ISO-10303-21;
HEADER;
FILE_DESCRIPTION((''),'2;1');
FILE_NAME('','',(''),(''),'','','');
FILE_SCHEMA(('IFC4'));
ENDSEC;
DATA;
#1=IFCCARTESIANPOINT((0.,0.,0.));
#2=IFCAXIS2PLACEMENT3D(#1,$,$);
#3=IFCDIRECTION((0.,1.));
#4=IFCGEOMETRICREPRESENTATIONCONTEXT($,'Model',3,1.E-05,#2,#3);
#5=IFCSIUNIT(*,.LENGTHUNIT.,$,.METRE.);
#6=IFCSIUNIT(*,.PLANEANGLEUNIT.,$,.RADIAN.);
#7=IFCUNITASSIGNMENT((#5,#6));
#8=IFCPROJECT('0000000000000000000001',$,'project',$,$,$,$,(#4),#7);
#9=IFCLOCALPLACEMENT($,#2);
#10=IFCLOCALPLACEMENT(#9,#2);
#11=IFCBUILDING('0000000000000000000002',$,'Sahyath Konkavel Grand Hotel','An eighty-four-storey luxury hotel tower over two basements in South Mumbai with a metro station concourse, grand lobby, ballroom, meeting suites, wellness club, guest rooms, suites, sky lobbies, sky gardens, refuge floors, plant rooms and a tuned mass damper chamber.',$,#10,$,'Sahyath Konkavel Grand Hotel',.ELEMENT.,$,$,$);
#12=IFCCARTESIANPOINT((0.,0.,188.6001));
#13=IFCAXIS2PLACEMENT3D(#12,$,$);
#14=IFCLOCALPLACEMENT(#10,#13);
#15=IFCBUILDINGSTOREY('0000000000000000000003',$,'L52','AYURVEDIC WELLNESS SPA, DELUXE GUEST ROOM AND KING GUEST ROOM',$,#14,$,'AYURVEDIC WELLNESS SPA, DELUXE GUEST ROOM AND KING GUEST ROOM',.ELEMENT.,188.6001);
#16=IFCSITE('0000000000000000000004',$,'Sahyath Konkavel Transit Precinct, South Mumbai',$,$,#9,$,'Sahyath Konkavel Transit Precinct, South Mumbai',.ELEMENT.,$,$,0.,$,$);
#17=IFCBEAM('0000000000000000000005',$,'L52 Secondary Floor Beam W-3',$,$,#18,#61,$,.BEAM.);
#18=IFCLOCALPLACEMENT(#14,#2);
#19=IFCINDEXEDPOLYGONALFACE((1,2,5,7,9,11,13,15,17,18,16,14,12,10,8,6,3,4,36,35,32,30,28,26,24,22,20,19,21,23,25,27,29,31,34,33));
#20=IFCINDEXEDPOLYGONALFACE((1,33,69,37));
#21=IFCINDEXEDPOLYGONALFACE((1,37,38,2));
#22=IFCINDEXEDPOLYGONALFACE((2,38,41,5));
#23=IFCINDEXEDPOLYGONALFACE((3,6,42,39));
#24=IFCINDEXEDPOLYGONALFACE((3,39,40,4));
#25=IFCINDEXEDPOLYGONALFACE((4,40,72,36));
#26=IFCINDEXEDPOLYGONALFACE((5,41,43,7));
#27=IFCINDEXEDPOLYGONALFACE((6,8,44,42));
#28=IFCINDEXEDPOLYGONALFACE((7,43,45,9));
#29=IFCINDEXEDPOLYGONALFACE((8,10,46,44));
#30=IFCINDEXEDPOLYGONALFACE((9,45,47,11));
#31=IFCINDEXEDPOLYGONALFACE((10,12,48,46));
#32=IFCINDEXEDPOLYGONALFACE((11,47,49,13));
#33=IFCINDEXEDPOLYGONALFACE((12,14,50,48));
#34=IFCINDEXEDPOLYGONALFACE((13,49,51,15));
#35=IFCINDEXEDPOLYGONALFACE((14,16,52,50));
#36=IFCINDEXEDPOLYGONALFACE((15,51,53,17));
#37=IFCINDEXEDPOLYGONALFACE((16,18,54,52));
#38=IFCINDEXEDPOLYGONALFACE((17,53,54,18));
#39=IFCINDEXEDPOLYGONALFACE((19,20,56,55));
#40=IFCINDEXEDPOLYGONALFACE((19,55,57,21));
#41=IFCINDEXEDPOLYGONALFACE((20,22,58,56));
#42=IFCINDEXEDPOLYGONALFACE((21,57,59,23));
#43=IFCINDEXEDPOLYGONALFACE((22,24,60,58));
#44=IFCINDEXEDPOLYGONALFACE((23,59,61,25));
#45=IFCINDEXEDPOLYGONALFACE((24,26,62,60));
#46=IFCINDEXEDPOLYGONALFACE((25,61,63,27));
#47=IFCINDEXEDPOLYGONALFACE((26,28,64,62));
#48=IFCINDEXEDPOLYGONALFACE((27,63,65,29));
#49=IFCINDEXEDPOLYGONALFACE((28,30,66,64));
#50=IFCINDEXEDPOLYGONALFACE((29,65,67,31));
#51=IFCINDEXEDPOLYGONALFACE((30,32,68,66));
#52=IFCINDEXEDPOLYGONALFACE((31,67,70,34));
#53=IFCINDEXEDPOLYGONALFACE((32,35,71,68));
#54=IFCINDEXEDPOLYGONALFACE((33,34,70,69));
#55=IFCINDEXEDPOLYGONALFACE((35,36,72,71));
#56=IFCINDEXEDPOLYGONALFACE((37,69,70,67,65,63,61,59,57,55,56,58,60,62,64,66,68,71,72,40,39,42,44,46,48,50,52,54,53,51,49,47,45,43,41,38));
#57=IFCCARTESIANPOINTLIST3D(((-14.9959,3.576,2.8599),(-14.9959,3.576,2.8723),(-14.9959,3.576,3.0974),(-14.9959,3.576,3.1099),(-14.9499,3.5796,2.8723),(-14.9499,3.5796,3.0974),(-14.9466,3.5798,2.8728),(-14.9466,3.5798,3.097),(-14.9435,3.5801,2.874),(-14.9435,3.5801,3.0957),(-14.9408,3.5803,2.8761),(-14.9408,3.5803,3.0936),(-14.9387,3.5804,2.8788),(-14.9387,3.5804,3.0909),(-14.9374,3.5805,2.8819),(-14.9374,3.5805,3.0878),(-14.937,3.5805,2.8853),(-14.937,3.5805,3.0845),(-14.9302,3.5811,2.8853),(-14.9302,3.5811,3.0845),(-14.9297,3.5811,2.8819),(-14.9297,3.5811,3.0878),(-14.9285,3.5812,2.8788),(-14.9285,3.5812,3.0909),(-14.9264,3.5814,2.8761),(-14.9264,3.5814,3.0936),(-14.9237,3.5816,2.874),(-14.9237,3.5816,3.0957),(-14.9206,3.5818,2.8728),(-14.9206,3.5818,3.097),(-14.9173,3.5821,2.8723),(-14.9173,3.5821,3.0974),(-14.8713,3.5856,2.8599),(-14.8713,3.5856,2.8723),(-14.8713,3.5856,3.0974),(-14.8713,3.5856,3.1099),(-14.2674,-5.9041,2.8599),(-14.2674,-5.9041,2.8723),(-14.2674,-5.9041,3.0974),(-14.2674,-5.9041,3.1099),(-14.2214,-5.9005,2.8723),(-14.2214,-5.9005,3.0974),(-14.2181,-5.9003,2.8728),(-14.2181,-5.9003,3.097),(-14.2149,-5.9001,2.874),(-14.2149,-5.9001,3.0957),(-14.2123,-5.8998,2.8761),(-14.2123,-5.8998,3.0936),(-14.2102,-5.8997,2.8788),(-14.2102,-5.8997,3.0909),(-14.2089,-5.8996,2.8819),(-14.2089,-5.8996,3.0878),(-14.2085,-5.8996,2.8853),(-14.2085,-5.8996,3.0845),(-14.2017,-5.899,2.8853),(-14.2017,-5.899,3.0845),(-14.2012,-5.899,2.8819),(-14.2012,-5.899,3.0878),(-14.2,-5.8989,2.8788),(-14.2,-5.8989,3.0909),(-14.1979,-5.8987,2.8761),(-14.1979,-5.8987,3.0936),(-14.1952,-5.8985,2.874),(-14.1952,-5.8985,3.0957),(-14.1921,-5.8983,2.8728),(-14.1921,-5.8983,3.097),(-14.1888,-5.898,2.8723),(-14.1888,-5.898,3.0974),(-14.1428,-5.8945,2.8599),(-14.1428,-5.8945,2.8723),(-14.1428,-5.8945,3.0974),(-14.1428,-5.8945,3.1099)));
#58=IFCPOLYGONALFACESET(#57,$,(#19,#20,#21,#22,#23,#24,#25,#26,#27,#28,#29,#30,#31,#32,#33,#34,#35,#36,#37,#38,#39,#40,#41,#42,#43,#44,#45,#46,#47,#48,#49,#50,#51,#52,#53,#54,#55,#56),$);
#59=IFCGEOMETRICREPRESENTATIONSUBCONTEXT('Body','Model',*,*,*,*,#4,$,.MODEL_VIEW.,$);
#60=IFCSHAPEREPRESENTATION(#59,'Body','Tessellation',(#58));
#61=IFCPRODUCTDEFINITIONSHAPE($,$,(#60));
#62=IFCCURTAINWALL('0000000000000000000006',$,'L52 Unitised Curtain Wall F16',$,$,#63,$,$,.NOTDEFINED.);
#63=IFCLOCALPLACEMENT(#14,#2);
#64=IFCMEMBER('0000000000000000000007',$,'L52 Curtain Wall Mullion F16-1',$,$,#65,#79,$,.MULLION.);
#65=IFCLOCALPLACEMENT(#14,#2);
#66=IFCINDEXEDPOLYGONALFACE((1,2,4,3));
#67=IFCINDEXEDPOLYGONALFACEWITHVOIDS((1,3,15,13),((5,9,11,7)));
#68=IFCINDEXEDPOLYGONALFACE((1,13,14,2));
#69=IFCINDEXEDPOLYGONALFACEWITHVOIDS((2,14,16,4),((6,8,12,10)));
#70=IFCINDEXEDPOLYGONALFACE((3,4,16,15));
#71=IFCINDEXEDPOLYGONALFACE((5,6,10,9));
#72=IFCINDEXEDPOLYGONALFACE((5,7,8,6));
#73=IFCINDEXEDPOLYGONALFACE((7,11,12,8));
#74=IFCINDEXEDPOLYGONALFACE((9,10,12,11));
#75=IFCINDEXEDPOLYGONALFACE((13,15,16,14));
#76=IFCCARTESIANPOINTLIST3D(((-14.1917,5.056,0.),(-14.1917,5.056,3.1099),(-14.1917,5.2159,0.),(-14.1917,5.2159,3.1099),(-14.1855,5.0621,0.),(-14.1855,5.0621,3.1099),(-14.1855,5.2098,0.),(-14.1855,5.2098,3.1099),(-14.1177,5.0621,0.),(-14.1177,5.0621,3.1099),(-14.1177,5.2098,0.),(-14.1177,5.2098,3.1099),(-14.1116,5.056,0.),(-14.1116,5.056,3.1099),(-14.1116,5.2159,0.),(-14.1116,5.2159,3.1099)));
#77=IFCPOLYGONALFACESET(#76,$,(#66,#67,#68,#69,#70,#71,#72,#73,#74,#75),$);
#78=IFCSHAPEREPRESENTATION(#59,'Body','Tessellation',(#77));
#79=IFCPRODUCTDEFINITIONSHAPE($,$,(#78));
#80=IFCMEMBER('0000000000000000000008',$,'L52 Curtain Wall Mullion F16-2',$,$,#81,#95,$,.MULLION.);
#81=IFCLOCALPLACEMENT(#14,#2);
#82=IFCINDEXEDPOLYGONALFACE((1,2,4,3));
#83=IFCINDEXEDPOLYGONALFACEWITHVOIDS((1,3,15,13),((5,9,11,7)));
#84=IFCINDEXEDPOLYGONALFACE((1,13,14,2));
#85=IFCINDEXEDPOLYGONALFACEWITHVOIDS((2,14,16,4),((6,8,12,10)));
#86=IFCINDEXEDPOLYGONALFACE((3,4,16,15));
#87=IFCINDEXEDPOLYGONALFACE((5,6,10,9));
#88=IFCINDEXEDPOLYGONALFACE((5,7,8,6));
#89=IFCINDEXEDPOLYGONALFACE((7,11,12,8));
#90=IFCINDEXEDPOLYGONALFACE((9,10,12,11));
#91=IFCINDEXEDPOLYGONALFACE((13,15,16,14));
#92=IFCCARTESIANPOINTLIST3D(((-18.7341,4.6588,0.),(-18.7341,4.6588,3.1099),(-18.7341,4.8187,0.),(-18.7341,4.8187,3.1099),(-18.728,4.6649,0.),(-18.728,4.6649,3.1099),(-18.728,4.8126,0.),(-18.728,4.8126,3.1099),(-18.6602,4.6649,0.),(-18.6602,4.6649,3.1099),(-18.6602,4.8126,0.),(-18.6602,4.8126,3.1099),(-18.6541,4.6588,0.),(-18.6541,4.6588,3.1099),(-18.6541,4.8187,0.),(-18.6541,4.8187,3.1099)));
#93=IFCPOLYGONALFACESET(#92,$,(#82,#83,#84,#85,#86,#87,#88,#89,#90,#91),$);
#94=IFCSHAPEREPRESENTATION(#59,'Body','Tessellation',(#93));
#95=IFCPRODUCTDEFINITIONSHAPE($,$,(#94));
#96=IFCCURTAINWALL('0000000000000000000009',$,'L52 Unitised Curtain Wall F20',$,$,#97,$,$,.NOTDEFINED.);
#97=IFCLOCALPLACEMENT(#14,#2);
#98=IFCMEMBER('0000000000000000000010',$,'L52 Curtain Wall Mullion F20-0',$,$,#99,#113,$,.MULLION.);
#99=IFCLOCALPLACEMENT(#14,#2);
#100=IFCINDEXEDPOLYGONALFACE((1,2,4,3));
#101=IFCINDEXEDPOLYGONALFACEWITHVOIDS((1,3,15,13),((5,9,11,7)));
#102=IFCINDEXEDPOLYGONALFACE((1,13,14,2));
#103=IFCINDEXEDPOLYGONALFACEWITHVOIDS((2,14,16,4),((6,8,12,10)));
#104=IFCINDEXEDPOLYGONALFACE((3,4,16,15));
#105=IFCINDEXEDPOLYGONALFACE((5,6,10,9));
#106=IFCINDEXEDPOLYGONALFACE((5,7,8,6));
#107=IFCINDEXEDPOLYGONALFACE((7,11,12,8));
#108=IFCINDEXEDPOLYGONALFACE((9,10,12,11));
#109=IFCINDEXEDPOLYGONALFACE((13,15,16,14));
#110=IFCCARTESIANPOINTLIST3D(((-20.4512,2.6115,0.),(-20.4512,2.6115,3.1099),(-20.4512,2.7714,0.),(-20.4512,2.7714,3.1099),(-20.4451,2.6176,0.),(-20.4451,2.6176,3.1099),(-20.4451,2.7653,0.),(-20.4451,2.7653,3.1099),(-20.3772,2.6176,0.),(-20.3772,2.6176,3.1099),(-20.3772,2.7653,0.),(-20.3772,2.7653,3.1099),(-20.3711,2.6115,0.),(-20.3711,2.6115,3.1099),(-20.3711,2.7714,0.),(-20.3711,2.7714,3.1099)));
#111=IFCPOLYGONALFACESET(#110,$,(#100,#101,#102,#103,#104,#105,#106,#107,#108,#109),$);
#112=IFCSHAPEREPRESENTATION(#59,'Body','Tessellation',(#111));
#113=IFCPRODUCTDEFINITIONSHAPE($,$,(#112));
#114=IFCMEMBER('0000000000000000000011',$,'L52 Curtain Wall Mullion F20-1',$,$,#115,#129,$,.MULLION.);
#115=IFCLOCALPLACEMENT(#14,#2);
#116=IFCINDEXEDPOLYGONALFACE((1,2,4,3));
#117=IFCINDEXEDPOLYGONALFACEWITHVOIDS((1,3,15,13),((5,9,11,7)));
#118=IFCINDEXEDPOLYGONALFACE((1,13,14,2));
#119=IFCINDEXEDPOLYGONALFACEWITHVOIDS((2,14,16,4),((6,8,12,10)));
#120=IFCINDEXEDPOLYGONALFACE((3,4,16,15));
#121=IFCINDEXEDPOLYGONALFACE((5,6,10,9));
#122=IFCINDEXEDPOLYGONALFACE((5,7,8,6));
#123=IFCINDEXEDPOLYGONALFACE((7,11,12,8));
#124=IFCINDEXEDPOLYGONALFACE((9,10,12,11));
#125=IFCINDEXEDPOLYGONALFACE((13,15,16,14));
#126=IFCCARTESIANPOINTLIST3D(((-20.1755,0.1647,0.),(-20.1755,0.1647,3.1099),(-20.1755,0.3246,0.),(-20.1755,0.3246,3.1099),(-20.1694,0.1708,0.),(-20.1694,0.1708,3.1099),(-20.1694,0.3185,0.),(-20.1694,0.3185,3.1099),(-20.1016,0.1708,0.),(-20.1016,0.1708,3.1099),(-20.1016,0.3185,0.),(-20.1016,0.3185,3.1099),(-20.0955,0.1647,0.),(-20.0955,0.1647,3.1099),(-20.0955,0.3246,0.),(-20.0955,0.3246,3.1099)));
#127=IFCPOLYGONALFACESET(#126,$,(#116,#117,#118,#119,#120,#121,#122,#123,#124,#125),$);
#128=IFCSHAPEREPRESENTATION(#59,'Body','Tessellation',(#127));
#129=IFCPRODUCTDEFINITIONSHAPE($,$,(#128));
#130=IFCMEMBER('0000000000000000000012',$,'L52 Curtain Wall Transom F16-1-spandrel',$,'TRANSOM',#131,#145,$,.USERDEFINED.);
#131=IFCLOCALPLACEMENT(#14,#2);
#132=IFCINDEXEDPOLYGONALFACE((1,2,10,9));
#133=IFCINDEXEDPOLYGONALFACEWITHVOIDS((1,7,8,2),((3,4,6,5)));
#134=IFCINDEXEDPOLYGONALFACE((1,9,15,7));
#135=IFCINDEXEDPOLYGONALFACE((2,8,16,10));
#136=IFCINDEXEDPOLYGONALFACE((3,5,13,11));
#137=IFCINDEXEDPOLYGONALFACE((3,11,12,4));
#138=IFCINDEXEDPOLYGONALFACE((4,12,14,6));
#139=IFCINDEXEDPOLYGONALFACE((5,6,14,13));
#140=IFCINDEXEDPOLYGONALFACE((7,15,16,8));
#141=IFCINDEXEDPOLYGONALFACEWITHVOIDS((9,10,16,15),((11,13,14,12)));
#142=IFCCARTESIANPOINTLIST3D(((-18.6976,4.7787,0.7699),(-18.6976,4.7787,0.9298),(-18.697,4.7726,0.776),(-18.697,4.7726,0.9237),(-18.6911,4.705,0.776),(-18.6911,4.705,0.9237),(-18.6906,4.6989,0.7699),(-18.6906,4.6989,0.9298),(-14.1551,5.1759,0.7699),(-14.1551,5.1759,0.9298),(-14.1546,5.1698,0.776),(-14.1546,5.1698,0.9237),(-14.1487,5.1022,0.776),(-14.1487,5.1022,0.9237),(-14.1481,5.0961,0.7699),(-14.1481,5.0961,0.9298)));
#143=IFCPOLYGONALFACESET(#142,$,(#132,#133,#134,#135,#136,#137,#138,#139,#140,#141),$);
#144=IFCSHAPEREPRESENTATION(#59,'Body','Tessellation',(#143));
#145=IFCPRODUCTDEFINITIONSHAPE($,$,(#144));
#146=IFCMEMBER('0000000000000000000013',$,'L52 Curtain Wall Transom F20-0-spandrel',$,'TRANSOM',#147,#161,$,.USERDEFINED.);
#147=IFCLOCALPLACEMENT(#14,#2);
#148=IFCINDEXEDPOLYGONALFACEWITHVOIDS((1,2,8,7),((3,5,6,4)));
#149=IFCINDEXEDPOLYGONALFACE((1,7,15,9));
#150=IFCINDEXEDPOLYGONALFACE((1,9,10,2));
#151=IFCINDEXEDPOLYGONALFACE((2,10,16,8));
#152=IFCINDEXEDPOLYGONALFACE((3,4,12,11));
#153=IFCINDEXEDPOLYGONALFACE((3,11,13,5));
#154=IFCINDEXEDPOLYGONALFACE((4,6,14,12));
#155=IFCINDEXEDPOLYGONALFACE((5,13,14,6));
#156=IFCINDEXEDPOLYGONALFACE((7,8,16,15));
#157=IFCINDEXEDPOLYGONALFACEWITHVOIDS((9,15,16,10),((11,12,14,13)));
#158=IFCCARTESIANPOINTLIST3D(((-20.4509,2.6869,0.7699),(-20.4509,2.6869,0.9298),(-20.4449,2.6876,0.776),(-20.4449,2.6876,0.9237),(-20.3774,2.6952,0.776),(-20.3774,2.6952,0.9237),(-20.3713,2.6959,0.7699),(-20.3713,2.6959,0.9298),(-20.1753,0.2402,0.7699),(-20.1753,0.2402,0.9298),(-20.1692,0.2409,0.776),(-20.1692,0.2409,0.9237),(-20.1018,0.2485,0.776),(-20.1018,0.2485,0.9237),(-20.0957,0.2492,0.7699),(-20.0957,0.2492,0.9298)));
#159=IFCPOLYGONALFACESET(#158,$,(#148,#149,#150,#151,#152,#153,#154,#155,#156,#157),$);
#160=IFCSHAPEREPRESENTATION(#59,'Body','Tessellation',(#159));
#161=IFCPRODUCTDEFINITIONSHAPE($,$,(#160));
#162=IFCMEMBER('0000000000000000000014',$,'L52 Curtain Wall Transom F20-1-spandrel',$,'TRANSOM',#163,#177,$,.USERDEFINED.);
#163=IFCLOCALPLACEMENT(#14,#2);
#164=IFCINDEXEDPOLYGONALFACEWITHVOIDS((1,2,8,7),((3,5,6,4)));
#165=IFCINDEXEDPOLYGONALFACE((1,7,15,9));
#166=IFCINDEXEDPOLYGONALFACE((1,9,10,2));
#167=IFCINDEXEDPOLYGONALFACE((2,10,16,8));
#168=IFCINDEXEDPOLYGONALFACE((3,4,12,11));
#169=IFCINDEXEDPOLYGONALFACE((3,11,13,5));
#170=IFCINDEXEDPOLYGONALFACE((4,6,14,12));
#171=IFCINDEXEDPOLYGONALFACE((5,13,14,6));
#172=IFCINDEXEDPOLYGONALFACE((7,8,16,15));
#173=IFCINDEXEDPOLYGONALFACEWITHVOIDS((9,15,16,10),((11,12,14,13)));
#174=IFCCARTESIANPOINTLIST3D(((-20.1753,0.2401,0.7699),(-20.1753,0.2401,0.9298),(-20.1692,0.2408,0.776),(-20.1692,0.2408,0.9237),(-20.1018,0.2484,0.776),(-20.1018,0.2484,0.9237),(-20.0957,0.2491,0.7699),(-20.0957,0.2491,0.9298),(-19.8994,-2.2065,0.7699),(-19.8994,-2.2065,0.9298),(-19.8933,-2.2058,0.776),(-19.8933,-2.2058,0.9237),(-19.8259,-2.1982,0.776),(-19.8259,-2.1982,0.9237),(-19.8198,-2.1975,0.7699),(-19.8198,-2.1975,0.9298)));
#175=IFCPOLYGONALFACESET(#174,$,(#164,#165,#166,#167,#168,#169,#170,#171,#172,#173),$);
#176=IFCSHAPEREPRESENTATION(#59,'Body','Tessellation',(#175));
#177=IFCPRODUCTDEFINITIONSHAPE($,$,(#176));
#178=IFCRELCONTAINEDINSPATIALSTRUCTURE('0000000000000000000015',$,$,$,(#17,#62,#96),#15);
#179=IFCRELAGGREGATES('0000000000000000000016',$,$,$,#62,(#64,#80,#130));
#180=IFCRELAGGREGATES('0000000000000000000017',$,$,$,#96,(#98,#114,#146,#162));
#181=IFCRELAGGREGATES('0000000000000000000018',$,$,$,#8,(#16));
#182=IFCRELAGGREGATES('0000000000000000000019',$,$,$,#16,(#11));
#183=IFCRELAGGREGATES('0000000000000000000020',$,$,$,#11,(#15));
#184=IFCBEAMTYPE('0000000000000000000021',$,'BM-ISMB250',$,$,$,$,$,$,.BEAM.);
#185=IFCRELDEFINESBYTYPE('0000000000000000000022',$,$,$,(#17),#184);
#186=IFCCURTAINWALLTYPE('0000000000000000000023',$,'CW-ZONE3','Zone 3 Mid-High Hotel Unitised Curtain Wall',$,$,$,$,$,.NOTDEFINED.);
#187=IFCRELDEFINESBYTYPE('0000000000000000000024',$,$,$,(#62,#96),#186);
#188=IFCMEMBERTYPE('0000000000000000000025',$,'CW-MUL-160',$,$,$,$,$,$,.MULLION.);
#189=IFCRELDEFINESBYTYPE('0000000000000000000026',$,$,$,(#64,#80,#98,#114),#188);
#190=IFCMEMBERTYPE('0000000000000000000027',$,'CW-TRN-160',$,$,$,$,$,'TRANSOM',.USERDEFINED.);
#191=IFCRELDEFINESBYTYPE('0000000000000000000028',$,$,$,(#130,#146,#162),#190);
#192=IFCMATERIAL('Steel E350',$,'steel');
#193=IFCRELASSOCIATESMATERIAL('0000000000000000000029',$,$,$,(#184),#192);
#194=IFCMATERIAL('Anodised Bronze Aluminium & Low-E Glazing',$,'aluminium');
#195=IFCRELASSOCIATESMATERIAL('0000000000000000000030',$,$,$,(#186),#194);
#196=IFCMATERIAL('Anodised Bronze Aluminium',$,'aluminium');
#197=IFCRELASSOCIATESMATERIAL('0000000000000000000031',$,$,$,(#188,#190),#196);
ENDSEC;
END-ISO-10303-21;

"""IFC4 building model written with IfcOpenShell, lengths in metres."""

from ifc_helpers import new_model, si_unit, direction, frame, origin, origin_2d, place, context, subcontext, project, spatial, hollow_rectangle, i_section, extrude, source, transform, mapped, material, material_profile, profile_set, type_object, element, aggregate, save


model = new_model("IFC4")

# Units and contexts
model_context = context("Model", 3, precision=1e-05, world=origin(), true_north=direction((0.0, 1.0)))
body_context = subcontext(model_context, "Body", "Model", "MODEL_VIEW")
ifc_project = project(units=[si_unit("LENGTHUNIT", "METRE"), si_unit("PLANEANGLEUNIT", "RADIAN")], contexts=[model_context])

# Site, building, storey
site_placement = place(None, origin())
site = spatial("IfcSite", under=ifc_project, at=site_placement, Name="Sahyath Konkavel Transit Precinct, South Mumbai", LongName="Sahyath Konkavel Transit Precinct, South Mumbai", CompositionType="ELEMENT", RefElevation=0.0)
building_placement = place(site_placement, origin())
building = spatial("IfcBuilding", under=site, at=building_placement, Name="Sahyath Konkavel Grand Hotel", Description="An eighty-four-storey luxury hotel tower over two basements in South Mumbai with a metro station concourse, grand lobby, ballroom, meeting suites, wellness club, guest rooms, suites, sky lobbies, sky gardens, refuge floors, plant rooms and a tuned mass damper chamber.", LongName="Sahyath Konkavel Grand Hotel", CompositionType="ELEMENT")
storey_placement = place(building_placement, frame((0.0, 0.0, 188.6001)))
storey = spatial("IfcBuildingStorey", under=building, at=storey_placement, Name="L52", Description="AYURVEDIC WELLNESS SPA, DELUXE GUEST ROOM AND KING GUEST ROOM", LongName="AYURVEDIC WELLNESS SPA, DELUXE GUEST ROOM AND KING GUEST ROOM", CompositionType="ELEMENT", Elevation=188.6001)

# Beam
ifc_material_1 = material(Name="Steel E350", Category="steel")
ifc_material_profile_1 = material_profile(ifc_material_1, i_section(OverallWidth=0.125, OverallDepth=0.25, WebThickness=0.0068, FlangeThickness=0.0125, FilletRadius=0.0129, at=origin_2d()), Name="ISMB 250")
ifc_profile_set_1 = profile_set([ifc_material_profile_1], Name="Steel E350")
beam_type_1 = type_object("IfcBeamType", Name="BM-ISMB250", PredefinedType="BEAM", material=ifc_profile_set_1)
shared_shape_1 = source(origin(), body_context, "Body", "SweptSolid", [
    extrude(i_section(OverallWidth=0.125, OverallDepth=0.25, WebThickness=0.0068, FlangeThickness=0.0125, FilletRadius=0.0129, at=origin_2d()), origin(), (0.0, 0.0, 1.0), 9.5081),
])
beam_1_placement = place(storey_placement, frame((-14.9336, 3.5808, 2.9849), z_axis=(0.07662, -0.99706, 0.0), x_axis=(0.99706, 0.07662, 0.0)))
element("IfcBeam", 1, at=beam_1_placement, inside=storey, type_object=beam_type_1, Name="L52 Secondary Floor Beam W-3", PredefinedType="BEAM", context=body_context, shape_type="MappedRepresentation", body=[
    mapped(shared_shape_1, transform((0.0, 0.0, 0.0), scale=1.0)),
])

# Curtain walls, members
ifc_material_2 = material(Name="Anodised Bronze Aluminium & Low-E Glazing", Category="aluminium")
curtain_wall_type = type_object("IfcCurtainWallType", Name="CW-ZONE3", Description="Zone 3 Mid-High Hotel Unitised Curtain Wall", PredefinedType="NOTDEFINED", material=ifc_material_2)
curtain_wall_1_placement = place(storey_placement, origin())
curtain_wall_1 = element("IfcCurtainWall", 2, at=curtain_wall_1_placement, inside=storey, type_object=curtain_wall_type, Name="L52 Unitised Curtain Wall F16", PredefinedType="NOTDEFINED")
ifc_material_3 = material(Name="Anodised Bronze Aluminium", Category="aluminium")
ifc_material_profile_2 = material_profile(ifc_material_3, hollow_rectangle(XDim=0.0801, YDim=0.1599, WallThickness=0.0061, at=origin_2d()), Name="RHS 160x80x6")
ifc_profile_set_2 = profile_set([ifc_material_profile_2], Name="Anodised Bronze Aluminium")
member_type_1 = type_object("IfcMemberType", Name="CW-MUL-160", PredefinedType="MULLION", material=ifc_profile_set_2)
shared_shape_2 = source(origin(), body_context, "Body", "SweptSolid", [
    extrude(hollow_rectangle(XDim=0.0801, YDim=0.1599, WallThickness=0.0061, at=origin_2d()), origin(), (0.0, 0.0, 1.0), 3.1099),
])
member_1_placement = place(storey_placement, frame((-14.1516, 5.136, 0.0), z_axis=(0.0, 0.0, 1.0), x_axis=(1.0, 0.0, 0.0)))
member_1 = element("IfcMember", 3, at=member_1_placement, type_object=member_type_1, Name="L52 Curtain Wall Mullion F16-1", PredefinedType="MULLION", context=body_context, shape_type="MappedRepresentation", body=[
    mapped(shared_shape_2, transform((0.0, 0.0, 0.0), scale=1.0)),
])
member_2_placement = place(storey_placement, frame((-18.6941, 4.7388, 0.0), z_axis=(0.0, 0.0, 1.0), x_axis=(1.0, 0.0, 0.0)))
member_2 = element("IfcMember", 4, at=member_2_placement, type_object=member_type_1, Name="L52 Curtain Wall Mullion F16-2", PredefinedType="MULLION", context=body_context, shape_type="MappedRepresentation", body=[
    mapped(shared_shape_2, transform((0.0, 0.0, 0.0), scale=1.0)),
])
curtain_wall_2_placement = place(storey_placement, origin())
curtain_wall_2 = element("IfcCurtainWall", 5, at=curtain_wall_2_placement, inside=storey, type_object=curtain_wall_type, Name="L52 Unitised Curtain Wall F20", PredefinedType="NOTDEFINED")
member_3_placement = place(storey_placement, frame((-20.4111, 2.6914, 0.0), z_axis=(0.0, 0.0, 1.0), x_axis=(1.0, 0.0, 0.0)))
member_3 = element("IfcMember", 6, at=member_3_placement, type_object=member_type_1, Name="L52 Curtain Wall Mullion F20-0", PredefinedType="MULLION", context=body_context, shape_type="MappedRepresentation", body=[
    mapped(shared_shape_2, transform((0.0, 0.0, 0.0), scale=1.0)),
])
member_4_placement = place(storey_placement, frame((-20.1355, 0.2446, 0.0), z_axis=(0.0, 0.0, 1.0), x_axis=(1.0, 0.0, 0.0)))
member_4 = element("IfcMember", 7, at=member_4_placement, type_object=member_type_1, Name="L52 Curtain Wall Mullion F20-1", PredefinedType="MULLION", context=body_context, shape_type="MappedRepresentation", body=[
    mapped(shared_shape_2, transform((0.0, 0.0, 0.0), scale=1.0)),
])

# Members
ifc_material_profile_3 = material_profile(ifc_material_3, hollow_rectangle(XDim=0.0801, YDim=0.1599, WallThickness=0.0061, at=origin_2d()), Name="RHS 160x80x6")
ifc_profile_set_3 = profile_set([ifc_material_profile_3], Name="Anodised Bronze Aluminium")
member_type_2 = type_object("IfcMemberType", Name="CW-TRN-160", ElementType="TRANSOM", PredefinedType="USERDEFINED", material=ifc_profile_set_3)
shared_shape_3 = source(origin(), body_context, "Body", "SweptSolid", [
    extrude(hollow_rectangle(XDim=0.0801, YDim=0.1599, WallThickness=0.0061, at=origin_2d()), origin(), (0.0, 0.0, 1.0), 4.5598),
])
member_5_placement = place(storey_placement, frame((-14.1516, 5.136, 0.8499), z_axis=(-0.996198, -0.087112, 0.0), x_axis=(0.087112, -0.996198, 0.0)))
member_5 = element("IfcMember", 8, at=member_5_placement, type_object=member_type_2, Name="L52 Curtain Wall Transom F16-1-spandrel", ObjectType="TRANSOM", PredefinedType="USERDEFINED", context=body_context, shape_type="MappedRepresentation", body=[
    mapped(shared_shape_3, transform((0.0, 0.0, 0.0), scale=1.0)),
])
shared_shape_4 = source(origin(), body_context, "Body", "SweptSolid", [
    extrude(hollow_rectangle(XDim=0.0801, YDim=0.1599, WallThickness=0.0061, at=origin_2d()), origin(), (0.0, 0.0, 1.0), 2.4622),
])
member_6_placement = place(storey_placement, frame((-20.4111, 2.6914, 0.8499), z_axis=(0.111944, -0.993715, 0.0), x_axis=(0.993715, 0.111944, 0.0)))
member_6 = element("IfcMember", 9, at=member_6_placement, type_object=member_type_2, Name="L52 Curtain Wall Transom F20-0-spandrel", ObjectType="TRANSOM", PredefinedType="USERDEFINED", context=body_context, shape_type="MappedRepresentation", body=[
    mapped(shared_shape_4, transform((0.0, 0.0, 0.0), scale=1.0)),
])
member_7_placement = place(storey_placement, frame((-20.1355, 0.2446, 0.8499), z_axis=(0.112053, -0.993702, 0.0), x_axis=(0.993702, 0.112053, 0.0)))
member_7 = element("IfcMember", 10, at=member_7_placement, type_object=member_type_2, Name="L52 Curtain Wall Transom F20-1-spandrel", ObjectType="TRANSOM", PredefinedType="USERDEFINED", context=body_context, shape_type="MappedRepresentation", body=[
    mapped(shared_shape_4, transform((0.0, 0.0, 0.0), scale=1.0)),
])

aggregate(curtain_wall_1, [member_1, member_2, member_5])
aggregate(curtain_wall_2, [member_3, member_4, member_6, member_7])

save(model, "model.ifc")
